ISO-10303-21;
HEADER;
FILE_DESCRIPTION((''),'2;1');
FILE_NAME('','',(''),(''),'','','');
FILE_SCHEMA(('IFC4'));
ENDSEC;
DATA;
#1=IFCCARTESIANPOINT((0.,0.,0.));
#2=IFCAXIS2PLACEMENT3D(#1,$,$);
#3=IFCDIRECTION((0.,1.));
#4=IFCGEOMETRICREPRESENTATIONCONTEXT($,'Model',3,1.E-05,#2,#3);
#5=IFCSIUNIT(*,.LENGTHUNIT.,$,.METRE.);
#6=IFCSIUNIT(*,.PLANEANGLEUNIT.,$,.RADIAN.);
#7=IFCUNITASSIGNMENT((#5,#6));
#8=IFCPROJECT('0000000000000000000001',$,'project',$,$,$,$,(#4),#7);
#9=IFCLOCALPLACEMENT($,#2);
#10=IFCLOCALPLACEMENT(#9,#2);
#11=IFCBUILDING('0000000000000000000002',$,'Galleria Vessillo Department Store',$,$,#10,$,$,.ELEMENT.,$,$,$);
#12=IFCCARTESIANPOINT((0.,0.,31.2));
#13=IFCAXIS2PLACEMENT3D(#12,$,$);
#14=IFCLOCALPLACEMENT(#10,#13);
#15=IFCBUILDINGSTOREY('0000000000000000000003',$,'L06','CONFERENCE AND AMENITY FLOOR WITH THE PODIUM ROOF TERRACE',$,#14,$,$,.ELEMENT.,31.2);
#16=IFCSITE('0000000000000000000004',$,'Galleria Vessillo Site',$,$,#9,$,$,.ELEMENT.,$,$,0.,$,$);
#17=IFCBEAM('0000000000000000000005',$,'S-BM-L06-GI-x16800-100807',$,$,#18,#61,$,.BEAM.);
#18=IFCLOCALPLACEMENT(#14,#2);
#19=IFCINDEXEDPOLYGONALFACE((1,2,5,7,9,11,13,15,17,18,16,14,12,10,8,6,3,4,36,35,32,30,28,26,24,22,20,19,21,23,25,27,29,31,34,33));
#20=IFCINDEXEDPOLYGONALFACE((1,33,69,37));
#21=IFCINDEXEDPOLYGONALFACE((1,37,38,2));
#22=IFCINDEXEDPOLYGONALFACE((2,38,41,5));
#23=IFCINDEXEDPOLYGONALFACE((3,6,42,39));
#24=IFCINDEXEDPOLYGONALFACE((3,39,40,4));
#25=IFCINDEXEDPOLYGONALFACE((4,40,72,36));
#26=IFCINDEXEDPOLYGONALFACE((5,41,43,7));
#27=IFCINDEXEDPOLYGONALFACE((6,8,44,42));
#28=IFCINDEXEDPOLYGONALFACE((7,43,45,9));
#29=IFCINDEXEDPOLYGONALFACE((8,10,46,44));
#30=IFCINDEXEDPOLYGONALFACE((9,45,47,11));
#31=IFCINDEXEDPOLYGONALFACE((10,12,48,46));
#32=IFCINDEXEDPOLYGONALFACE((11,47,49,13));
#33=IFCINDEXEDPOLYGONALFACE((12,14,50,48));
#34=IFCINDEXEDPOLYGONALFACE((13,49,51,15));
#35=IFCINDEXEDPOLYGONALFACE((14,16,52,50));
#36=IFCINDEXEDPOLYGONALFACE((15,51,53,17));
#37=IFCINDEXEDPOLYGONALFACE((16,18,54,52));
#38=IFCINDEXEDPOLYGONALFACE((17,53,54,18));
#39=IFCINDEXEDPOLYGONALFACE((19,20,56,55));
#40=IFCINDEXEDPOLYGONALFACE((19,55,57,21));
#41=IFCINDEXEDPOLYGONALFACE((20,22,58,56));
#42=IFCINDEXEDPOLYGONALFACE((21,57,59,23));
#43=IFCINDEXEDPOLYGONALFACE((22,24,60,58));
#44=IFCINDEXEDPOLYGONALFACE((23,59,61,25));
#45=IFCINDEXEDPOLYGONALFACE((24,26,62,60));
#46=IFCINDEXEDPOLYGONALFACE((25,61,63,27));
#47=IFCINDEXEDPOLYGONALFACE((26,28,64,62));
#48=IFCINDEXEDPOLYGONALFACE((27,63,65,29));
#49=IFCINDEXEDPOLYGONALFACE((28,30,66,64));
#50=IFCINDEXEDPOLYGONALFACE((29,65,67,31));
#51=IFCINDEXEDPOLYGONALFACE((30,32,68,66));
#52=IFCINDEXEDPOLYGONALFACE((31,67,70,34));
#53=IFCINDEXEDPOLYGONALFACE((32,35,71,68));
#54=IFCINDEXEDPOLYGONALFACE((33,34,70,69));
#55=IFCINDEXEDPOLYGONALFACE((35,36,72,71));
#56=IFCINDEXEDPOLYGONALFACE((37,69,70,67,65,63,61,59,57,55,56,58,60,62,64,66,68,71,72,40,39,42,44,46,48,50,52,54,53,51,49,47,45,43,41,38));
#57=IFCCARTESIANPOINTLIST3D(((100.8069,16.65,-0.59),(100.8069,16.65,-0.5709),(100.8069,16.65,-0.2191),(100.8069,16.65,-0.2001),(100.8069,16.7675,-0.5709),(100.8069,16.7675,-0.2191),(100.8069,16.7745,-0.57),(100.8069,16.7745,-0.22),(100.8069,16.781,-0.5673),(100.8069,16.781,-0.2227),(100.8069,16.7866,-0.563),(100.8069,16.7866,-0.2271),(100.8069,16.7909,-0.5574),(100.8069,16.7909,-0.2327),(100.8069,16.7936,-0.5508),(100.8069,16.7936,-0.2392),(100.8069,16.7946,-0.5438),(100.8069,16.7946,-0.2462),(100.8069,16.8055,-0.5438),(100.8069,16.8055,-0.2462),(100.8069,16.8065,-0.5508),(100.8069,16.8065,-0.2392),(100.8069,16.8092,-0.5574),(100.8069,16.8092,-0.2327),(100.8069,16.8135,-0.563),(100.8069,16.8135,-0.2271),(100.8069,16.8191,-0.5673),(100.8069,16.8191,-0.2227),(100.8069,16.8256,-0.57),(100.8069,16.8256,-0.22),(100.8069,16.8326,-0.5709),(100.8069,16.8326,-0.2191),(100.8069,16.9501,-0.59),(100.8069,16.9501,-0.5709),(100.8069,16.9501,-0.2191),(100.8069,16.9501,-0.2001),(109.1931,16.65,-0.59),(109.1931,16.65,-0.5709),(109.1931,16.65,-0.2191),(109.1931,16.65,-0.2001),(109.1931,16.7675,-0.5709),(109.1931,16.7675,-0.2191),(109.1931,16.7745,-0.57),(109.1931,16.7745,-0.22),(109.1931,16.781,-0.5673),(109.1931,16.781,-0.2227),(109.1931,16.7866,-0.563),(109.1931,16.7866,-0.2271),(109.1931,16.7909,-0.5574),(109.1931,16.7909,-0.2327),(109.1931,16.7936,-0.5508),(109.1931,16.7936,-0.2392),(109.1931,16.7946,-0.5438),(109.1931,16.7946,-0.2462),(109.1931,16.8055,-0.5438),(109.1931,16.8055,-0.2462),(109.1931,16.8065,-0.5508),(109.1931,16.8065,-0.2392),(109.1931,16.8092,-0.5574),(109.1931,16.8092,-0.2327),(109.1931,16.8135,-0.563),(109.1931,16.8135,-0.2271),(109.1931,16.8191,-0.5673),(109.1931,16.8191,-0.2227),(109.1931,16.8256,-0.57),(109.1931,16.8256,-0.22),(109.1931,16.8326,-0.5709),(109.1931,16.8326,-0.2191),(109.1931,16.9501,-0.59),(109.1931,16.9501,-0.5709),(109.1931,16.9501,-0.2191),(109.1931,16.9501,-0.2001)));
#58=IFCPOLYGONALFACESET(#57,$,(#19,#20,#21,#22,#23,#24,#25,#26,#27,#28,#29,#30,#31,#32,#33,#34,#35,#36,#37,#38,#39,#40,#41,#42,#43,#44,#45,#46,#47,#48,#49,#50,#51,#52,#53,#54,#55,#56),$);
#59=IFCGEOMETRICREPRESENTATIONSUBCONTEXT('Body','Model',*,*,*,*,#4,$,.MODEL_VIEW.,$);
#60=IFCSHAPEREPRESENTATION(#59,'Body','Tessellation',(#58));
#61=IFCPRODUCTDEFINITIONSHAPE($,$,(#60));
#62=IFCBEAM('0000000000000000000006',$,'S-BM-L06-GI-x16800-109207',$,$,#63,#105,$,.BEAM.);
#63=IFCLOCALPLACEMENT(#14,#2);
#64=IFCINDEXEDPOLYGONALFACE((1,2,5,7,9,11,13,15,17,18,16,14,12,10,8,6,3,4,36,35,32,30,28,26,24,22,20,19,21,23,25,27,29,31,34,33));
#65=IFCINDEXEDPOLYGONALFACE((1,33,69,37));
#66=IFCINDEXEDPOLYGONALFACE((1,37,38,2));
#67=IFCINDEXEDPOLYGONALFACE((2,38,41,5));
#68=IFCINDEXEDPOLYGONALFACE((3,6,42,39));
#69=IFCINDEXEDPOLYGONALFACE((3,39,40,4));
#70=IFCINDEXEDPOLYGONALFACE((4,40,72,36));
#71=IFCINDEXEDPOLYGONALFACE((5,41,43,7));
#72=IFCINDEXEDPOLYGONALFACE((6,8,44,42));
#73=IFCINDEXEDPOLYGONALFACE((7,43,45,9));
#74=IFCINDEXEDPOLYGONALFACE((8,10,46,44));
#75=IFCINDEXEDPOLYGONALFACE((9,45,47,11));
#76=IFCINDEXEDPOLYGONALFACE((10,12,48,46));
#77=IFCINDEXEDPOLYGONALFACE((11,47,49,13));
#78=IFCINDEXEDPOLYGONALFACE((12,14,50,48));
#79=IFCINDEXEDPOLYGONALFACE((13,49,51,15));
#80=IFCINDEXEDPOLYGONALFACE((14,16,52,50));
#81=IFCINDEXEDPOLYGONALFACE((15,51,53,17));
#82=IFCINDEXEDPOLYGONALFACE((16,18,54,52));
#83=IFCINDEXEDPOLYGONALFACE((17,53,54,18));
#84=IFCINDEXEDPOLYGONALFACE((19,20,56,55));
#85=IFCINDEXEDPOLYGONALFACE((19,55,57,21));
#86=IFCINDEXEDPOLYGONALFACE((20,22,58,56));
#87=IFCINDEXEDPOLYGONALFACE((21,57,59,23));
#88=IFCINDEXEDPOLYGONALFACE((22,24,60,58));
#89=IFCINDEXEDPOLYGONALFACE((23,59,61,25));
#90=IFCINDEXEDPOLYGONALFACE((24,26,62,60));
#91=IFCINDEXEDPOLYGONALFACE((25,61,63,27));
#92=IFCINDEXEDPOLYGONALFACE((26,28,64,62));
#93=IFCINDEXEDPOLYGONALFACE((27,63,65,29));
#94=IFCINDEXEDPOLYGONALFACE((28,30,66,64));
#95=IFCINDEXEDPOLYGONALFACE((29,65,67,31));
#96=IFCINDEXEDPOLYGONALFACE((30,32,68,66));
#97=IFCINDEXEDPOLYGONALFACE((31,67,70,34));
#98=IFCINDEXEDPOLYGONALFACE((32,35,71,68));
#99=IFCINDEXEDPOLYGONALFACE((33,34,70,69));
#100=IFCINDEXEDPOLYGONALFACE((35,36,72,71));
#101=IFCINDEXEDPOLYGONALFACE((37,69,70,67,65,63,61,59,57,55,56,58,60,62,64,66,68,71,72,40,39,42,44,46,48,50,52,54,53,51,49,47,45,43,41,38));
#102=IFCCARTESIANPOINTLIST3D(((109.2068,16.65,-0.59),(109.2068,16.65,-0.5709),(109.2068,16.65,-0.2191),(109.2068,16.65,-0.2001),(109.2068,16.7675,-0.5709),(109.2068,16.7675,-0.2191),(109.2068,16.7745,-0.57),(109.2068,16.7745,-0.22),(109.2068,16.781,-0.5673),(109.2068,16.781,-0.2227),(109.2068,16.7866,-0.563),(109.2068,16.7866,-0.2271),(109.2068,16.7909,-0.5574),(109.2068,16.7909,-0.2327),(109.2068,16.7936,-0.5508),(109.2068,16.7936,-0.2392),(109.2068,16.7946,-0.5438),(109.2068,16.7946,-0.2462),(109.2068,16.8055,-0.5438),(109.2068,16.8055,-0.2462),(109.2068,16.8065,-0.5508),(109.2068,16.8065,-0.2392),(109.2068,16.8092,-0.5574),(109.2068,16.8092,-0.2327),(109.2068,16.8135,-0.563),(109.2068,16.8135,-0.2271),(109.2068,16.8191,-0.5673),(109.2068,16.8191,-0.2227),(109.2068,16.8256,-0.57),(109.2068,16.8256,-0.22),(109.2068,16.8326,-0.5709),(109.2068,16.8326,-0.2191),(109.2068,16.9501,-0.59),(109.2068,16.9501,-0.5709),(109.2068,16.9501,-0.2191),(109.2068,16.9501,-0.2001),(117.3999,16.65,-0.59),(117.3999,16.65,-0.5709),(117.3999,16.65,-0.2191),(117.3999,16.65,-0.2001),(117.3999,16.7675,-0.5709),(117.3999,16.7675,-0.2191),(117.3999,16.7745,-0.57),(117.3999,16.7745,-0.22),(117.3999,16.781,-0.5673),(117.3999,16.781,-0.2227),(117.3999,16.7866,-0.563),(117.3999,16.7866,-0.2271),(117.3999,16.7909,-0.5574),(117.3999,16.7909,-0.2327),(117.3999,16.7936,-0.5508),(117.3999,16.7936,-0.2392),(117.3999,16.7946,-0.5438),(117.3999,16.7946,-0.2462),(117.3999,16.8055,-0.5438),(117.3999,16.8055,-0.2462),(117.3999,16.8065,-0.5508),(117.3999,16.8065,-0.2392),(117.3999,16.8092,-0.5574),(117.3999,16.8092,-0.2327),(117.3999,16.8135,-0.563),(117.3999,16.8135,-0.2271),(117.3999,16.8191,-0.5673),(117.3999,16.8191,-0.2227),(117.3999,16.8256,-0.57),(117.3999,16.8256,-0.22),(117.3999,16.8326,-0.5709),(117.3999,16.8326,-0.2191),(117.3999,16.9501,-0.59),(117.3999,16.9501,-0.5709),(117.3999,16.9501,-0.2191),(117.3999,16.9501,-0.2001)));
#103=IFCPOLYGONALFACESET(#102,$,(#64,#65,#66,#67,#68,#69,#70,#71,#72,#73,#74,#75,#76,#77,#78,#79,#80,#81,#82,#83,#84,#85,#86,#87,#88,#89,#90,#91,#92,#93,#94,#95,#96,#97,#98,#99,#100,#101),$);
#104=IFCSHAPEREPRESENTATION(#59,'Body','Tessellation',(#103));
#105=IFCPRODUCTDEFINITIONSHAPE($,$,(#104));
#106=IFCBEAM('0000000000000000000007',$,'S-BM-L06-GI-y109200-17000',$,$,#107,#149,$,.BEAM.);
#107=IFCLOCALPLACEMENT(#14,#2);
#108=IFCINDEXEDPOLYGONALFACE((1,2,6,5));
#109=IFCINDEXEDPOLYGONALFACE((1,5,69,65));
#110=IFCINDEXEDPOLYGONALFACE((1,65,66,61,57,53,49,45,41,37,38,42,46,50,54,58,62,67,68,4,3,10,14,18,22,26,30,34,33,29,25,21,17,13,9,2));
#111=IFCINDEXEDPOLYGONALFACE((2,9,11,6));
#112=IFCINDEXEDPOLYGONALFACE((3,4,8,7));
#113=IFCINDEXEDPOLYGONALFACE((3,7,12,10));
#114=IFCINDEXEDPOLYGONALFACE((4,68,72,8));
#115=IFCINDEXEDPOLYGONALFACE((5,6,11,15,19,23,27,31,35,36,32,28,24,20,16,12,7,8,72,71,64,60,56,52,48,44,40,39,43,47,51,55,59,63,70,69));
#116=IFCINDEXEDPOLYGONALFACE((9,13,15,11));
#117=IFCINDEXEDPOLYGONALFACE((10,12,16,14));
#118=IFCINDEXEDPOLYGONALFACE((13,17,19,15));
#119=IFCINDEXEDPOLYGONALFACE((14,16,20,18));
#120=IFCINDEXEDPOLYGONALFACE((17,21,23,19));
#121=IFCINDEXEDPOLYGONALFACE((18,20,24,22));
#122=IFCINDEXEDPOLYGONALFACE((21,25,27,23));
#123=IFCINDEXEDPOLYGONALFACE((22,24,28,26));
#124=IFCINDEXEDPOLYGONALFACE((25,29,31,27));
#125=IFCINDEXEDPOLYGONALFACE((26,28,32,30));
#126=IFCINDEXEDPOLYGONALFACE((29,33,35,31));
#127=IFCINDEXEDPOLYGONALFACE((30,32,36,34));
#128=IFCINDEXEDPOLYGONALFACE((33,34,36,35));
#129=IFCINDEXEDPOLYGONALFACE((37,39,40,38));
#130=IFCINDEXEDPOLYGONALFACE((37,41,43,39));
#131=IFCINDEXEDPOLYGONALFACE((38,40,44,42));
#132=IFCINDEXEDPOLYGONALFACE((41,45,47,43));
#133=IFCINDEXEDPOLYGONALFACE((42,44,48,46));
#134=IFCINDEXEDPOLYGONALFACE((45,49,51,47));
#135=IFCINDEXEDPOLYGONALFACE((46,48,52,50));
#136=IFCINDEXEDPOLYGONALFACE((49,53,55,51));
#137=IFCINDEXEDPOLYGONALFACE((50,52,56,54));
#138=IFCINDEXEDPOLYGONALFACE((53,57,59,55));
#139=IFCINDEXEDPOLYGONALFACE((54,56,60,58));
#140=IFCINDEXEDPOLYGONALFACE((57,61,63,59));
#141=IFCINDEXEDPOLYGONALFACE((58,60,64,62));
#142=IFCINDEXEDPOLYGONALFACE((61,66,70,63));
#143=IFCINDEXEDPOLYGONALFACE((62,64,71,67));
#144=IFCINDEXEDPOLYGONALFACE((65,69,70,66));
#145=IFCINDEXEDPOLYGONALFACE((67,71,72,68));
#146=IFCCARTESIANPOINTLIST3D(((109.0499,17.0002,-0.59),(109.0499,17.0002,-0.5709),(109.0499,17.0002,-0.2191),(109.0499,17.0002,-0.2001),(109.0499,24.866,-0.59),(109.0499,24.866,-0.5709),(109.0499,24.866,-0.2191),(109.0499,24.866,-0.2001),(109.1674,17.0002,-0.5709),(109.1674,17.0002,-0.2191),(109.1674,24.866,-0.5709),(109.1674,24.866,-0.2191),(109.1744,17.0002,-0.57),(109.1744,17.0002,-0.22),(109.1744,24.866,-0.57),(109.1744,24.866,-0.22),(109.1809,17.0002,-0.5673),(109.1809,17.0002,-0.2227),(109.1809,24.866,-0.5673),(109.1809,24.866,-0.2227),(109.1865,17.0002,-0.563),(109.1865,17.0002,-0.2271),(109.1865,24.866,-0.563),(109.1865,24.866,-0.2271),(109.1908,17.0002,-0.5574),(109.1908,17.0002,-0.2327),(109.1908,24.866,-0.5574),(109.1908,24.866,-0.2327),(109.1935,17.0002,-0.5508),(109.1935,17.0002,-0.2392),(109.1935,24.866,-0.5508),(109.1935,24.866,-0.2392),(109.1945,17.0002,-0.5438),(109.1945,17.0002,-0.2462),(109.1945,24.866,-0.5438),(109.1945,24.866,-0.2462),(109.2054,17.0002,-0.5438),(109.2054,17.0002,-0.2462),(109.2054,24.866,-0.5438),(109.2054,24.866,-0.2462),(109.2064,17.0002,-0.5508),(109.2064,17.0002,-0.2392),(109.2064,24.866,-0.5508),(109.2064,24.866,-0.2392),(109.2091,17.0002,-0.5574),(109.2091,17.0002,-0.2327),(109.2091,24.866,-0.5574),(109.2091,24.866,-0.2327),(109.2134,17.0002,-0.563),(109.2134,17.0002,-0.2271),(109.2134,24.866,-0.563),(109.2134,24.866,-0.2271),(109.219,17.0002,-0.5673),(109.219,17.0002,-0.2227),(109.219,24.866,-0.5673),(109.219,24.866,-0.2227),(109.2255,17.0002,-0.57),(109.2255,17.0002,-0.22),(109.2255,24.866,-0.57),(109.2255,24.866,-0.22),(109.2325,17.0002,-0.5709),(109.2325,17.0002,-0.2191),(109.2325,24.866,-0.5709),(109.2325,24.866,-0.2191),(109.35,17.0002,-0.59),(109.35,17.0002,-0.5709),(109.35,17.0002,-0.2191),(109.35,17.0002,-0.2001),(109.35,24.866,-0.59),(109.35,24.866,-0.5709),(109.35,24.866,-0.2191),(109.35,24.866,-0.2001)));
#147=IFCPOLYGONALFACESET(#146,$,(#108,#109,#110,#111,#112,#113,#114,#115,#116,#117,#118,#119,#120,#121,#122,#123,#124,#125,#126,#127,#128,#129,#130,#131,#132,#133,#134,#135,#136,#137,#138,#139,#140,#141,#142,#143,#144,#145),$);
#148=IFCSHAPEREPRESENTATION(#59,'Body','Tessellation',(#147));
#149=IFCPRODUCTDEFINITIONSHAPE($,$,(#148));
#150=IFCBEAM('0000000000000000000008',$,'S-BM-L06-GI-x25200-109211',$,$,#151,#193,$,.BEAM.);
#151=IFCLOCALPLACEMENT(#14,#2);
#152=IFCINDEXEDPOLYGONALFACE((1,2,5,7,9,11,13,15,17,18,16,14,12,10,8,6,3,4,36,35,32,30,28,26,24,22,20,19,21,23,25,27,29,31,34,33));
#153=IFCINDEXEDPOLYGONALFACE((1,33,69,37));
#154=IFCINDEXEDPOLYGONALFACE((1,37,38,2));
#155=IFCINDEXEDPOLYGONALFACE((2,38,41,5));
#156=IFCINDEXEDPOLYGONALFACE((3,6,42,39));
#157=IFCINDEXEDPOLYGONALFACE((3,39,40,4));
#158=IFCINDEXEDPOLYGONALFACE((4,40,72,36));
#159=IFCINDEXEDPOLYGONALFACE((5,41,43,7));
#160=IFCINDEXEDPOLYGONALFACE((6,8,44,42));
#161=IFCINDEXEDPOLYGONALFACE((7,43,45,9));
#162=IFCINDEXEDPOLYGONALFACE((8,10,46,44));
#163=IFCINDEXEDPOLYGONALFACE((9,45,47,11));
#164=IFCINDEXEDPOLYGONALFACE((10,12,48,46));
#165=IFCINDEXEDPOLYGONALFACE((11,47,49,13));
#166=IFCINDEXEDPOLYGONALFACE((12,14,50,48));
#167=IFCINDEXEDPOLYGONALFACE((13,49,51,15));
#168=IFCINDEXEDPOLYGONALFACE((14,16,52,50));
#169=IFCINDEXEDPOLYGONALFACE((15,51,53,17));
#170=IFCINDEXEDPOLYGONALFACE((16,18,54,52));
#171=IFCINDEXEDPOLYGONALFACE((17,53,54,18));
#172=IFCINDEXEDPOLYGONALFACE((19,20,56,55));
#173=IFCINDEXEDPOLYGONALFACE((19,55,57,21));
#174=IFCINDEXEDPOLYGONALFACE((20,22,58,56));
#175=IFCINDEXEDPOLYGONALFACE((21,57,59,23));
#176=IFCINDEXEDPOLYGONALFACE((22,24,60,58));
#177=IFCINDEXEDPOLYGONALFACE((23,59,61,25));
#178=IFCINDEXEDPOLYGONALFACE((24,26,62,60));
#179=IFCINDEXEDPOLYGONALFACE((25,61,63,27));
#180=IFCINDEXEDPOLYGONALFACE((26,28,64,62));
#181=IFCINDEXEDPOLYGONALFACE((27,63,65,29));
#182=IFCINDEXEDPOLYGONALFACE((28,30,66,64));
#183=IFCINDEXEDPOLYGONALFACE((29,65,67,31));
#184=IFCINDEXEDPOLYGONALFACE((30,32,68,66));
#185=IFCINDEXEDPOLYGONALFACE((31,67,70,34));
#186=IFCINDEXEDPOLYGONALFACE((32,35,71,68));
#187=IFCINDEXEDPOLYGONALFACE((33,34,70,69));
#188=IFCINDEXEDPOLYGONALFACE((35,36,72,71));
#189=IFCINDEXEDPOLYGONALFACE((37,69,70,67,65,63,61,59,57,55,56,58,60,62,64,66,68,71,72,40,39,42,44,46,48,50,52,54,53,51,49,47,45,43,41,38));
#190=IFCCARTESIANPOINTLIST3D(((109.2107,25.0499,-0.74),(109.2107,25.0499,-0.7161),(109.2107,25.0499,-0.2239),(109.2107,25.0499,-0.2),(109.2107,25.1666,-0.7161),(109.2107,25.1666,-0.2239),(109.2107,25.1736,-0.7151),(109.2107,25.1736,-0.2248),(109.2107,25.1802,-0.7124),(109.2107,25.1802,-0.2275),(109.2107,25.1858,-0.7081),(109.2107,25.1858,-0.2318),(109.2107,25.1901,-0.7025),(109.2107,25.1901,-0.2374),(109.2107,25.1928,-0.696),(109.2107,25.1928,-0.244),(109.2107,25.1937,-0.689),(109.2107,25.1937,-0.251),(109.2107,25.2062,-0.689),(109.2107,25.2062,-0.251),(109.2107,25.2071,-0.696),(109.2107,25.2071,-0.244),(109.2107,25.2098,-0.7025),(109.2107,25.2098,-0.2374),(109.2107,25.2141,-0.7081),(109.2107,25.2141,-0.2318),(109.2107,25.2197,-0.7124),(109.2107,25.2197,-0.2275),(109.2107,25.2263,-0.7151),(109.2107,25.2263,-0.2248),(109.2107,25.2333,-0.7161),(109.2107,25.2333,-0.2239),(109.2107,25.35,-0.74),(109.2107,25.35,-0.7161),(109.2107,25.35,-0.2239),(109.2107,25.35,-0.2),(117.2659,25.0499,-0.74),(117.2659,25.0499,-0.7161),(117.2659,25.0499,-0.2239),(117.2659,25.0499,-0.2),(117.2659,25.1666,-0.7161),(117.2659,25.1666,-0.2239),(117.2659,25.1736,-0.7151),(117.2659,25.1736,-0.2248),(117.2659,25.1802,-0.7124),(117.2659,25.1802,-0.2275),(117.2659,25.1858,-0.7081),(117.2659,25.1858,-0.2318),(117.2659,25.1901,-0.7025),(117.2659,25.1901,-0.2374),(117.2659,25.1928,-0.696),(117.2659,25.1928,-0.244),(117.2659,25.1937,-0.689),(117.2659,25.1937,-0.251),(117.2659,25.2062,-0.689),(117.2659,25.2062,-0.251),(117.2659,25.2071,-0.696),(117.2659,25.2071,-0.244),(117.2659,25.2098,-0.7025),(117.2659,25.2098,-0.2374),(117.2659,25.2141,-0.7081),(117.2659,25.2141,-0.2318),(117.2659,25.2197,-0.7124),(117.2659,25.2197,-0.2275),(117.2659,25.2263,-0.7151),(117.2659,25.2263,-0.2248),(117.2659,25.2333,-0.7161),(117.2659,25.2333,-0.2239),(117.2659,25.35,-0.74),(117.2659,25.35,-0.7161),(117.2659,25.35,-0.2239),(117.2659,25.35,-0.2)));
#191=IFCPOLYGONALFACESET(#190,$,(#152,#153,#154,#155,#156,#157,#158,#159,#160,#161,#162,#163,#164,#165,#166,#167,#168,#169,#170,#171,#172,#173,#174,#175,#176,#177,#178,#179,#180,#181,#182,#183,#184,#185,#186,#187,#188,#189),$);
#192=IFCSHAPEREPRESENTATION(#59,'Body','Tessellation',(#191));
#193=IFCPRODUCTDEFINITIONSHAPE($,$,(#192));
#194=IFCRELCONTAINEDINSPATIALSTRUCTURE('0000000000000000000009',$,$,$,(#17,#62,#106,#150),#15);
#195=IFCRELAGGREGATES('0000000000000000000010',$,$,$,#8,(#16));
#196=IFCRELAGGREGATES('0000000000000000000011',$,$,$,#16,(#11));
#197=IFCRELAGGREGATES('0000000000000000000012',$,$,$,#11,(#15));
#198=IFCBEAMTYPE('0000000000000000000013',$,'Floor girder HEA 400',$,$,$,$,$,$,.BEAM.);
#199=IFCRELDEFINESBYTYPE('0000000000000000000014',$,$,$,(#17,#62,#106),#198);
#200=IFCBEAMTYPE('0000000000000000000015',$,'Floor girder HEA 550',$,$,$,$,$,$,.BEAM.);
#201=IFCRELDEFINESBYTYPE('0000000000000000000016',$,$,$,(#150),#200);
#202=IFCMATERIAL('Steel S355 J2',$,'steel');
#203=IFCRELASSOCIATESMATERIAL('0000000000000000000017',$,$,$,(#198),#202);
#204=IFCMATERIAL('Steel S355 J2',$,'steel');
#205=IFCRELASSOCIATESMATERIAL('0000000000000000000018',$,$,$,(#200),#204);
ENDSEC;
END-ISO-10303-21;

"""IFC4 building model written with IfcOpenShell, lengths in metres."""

from ifc_helpers import new_model, si_unit, direction, frame, origin, origin_2d, place, context, subcontext, project, spatial, i_section, extrude, material, material_profile, profile_set, type_object, element, save


model = new_model("IFC4")

# Units and contexts
model_context = context("Model", 3, precision=1e-05, world=origin(), true_north=direction((0.0, 1.0)))
body_context = subcontext(model_context, "Body", "Model", "MODEL_VIEW")
ifc_project = project(units=[si_unit("LENGTHUNIT", "METRE"), si_unit("PLANEANGLEUNIT", "RADIAN")], contexts=[model_context])

# Site, building, storey
site_placement = place(None, origin())
site = spatial("IfcSite", under=ifc_project, at=site_placement, Name="Galleria Vessillo Site", CompositionType="ELEMENT", RefElevation=0.0)
building_placement = place(site_placement, origin())
building = spatial("IfcBuilding", under=site, at=building_placement, Name="Galleria Vessillo Department Store", CompositionType="ELEMENT")
storey_placement = place(building_placement, frame((0.0, 0.0, 31.2)))
storey = spatial("IfcBuildingStorey", under=building, at=storey_placement, Name="L06", Description="CONFERENCE AND AMENITY FLOOR WITH THE PODIUM ROOF TERRACE", CompositionType="ELEMENT", Elevation=31.2)

# Beams
ifc_material_1 = material(Name="Steel S355 J2", Category="steel")
ifc_material_profile_1 = material_profile(ifc_material_1, i_section(OverallWidth=0.3, OverallDepth=0.3899, WebThickness=0.011, FlangeThickness=0.019, FilletRadius=0.0271, at=origin_2d()), Name="HEA 400")
ifc_profile_set_1 = profile_set([ifc_material_profile_1], Name="Steel S355 J2")
beam_type_1 = type_object("IfcBeamType", Name="Floor girder HEA 400", PredefinedType="BEAM", material=ifc_profile_set_1)
beam_1_placement = place(storey_placement, frame((100.8069, 16.8, -0.395), z_axis=(1.0, 0.0, 0.0), x_axis=(0.0, 1.0, 0.0)))
element("IfcBeam", 1, at=beam_1_placement, inside=storey, type_object=beam_type_1, Name="S-BM-L06-GI-x16800-100807", PredefinedType="BEAM", context=body_context, shape_type="SweptSolid", body=[
    extrude(i_section(OverallWidth=0.3, OverallDepth=0.3899, WebThickness=0.011, FlangeThickness=0.019, FilletRadius=0.0271, at=origin_2d()), origin(), (0.0, 0.0, 1.0), 8.3862),
])
beam_2_placement = place(storey_placement, frame((109.2068, 16.8, -0.395), z_axis=(1.0, 0.0, 0.0), x_axis=(0.0, 1.0, 0.0)))
element("IfcBeam", 2, at=beam_2_placement, inside=storey, type_object=beam_type_1, Name="S-BM-L06-GI-x16800-109207", PredefinedType="BEAM", context=body_context, shape_type="SweptSolid", body=[
    extrude(i_section(OverallWidth=0.3, OverallDepth=0.3899, WebThickness=0.011, FlangeThickness=0.019, FilletRadius=0.0271, at=origin_2d()), origin(), (0.0, 0.0, 1.0), 8.1931),
])
beam_3_placement = place(storey_placement, frame((109.2, 17.0002, -0.395), z_axis=(0.0, 1.0, 0.0), x_axis=(-1.0, 0.0, 0.0)))
element("IfcBeam", 3, at=beam_3_placement, inside=storey, type_object=beam_type_1, Name="S-BM-L06-GI-y109200-17000", PredefinedType="BEAM", context=body_context, shape_type="SweptSolid", body=[
    extrude(i_section(OverallWidth=0.3, OverallDepth=0.3899, WebThickness=0.011, FlangeThickness=0.019, FilletRadius=0.0271, at=origin_2d()), origin(), (0.0, 0.0, 1.0), 7.8657),
])
ifc_material_2 = material(Name="Steel S355 J2", Category="steel")
ifc_material_profile_2 = material_profile(ifc_material_2, i_section(OverallWidth=0.3, OverallDepth=0.54, WebThickness=0.0125, FlangeThickness=0.0239, FilletRadius=0.0271, at=origin_2d()), Name="HEA 550")
ifc_profile_set_2 = profile_set([ifc_material_profile_2], Name="Steel S355 J2")
beam_type_2 = type_object("IfcBeamType", Name="Floor girder HEA 550", PredefinedType="BEAM", material=ifc_profile_set_2)
beam_4_placement = place(storey_placement, frame((109.2107, 25.2, -0.47), z_axis=(1.0, 0.0, 0.0), x_axis=(0.0, 1.0, 0.0)))
element("IfcBeam", 4, at=beam_4_placement, inside=storey, type_object=beam_type_2, Name="S-BM-L06-GI-x25200-109211", PredefinedType="BEAM", context=body_context, shape_type="SweptSolid", body=[
    extrude(i_section(OverallWidth=0.3, OverallDepth=0.54, WebThickness=0.0125, FlangeThickness=0.0239, FilletRadius=0.0271, at=origin_2d()), origin(), (0.0, 0.0, 1.0), 8.0552),
])

save(model, "model.ifc")
